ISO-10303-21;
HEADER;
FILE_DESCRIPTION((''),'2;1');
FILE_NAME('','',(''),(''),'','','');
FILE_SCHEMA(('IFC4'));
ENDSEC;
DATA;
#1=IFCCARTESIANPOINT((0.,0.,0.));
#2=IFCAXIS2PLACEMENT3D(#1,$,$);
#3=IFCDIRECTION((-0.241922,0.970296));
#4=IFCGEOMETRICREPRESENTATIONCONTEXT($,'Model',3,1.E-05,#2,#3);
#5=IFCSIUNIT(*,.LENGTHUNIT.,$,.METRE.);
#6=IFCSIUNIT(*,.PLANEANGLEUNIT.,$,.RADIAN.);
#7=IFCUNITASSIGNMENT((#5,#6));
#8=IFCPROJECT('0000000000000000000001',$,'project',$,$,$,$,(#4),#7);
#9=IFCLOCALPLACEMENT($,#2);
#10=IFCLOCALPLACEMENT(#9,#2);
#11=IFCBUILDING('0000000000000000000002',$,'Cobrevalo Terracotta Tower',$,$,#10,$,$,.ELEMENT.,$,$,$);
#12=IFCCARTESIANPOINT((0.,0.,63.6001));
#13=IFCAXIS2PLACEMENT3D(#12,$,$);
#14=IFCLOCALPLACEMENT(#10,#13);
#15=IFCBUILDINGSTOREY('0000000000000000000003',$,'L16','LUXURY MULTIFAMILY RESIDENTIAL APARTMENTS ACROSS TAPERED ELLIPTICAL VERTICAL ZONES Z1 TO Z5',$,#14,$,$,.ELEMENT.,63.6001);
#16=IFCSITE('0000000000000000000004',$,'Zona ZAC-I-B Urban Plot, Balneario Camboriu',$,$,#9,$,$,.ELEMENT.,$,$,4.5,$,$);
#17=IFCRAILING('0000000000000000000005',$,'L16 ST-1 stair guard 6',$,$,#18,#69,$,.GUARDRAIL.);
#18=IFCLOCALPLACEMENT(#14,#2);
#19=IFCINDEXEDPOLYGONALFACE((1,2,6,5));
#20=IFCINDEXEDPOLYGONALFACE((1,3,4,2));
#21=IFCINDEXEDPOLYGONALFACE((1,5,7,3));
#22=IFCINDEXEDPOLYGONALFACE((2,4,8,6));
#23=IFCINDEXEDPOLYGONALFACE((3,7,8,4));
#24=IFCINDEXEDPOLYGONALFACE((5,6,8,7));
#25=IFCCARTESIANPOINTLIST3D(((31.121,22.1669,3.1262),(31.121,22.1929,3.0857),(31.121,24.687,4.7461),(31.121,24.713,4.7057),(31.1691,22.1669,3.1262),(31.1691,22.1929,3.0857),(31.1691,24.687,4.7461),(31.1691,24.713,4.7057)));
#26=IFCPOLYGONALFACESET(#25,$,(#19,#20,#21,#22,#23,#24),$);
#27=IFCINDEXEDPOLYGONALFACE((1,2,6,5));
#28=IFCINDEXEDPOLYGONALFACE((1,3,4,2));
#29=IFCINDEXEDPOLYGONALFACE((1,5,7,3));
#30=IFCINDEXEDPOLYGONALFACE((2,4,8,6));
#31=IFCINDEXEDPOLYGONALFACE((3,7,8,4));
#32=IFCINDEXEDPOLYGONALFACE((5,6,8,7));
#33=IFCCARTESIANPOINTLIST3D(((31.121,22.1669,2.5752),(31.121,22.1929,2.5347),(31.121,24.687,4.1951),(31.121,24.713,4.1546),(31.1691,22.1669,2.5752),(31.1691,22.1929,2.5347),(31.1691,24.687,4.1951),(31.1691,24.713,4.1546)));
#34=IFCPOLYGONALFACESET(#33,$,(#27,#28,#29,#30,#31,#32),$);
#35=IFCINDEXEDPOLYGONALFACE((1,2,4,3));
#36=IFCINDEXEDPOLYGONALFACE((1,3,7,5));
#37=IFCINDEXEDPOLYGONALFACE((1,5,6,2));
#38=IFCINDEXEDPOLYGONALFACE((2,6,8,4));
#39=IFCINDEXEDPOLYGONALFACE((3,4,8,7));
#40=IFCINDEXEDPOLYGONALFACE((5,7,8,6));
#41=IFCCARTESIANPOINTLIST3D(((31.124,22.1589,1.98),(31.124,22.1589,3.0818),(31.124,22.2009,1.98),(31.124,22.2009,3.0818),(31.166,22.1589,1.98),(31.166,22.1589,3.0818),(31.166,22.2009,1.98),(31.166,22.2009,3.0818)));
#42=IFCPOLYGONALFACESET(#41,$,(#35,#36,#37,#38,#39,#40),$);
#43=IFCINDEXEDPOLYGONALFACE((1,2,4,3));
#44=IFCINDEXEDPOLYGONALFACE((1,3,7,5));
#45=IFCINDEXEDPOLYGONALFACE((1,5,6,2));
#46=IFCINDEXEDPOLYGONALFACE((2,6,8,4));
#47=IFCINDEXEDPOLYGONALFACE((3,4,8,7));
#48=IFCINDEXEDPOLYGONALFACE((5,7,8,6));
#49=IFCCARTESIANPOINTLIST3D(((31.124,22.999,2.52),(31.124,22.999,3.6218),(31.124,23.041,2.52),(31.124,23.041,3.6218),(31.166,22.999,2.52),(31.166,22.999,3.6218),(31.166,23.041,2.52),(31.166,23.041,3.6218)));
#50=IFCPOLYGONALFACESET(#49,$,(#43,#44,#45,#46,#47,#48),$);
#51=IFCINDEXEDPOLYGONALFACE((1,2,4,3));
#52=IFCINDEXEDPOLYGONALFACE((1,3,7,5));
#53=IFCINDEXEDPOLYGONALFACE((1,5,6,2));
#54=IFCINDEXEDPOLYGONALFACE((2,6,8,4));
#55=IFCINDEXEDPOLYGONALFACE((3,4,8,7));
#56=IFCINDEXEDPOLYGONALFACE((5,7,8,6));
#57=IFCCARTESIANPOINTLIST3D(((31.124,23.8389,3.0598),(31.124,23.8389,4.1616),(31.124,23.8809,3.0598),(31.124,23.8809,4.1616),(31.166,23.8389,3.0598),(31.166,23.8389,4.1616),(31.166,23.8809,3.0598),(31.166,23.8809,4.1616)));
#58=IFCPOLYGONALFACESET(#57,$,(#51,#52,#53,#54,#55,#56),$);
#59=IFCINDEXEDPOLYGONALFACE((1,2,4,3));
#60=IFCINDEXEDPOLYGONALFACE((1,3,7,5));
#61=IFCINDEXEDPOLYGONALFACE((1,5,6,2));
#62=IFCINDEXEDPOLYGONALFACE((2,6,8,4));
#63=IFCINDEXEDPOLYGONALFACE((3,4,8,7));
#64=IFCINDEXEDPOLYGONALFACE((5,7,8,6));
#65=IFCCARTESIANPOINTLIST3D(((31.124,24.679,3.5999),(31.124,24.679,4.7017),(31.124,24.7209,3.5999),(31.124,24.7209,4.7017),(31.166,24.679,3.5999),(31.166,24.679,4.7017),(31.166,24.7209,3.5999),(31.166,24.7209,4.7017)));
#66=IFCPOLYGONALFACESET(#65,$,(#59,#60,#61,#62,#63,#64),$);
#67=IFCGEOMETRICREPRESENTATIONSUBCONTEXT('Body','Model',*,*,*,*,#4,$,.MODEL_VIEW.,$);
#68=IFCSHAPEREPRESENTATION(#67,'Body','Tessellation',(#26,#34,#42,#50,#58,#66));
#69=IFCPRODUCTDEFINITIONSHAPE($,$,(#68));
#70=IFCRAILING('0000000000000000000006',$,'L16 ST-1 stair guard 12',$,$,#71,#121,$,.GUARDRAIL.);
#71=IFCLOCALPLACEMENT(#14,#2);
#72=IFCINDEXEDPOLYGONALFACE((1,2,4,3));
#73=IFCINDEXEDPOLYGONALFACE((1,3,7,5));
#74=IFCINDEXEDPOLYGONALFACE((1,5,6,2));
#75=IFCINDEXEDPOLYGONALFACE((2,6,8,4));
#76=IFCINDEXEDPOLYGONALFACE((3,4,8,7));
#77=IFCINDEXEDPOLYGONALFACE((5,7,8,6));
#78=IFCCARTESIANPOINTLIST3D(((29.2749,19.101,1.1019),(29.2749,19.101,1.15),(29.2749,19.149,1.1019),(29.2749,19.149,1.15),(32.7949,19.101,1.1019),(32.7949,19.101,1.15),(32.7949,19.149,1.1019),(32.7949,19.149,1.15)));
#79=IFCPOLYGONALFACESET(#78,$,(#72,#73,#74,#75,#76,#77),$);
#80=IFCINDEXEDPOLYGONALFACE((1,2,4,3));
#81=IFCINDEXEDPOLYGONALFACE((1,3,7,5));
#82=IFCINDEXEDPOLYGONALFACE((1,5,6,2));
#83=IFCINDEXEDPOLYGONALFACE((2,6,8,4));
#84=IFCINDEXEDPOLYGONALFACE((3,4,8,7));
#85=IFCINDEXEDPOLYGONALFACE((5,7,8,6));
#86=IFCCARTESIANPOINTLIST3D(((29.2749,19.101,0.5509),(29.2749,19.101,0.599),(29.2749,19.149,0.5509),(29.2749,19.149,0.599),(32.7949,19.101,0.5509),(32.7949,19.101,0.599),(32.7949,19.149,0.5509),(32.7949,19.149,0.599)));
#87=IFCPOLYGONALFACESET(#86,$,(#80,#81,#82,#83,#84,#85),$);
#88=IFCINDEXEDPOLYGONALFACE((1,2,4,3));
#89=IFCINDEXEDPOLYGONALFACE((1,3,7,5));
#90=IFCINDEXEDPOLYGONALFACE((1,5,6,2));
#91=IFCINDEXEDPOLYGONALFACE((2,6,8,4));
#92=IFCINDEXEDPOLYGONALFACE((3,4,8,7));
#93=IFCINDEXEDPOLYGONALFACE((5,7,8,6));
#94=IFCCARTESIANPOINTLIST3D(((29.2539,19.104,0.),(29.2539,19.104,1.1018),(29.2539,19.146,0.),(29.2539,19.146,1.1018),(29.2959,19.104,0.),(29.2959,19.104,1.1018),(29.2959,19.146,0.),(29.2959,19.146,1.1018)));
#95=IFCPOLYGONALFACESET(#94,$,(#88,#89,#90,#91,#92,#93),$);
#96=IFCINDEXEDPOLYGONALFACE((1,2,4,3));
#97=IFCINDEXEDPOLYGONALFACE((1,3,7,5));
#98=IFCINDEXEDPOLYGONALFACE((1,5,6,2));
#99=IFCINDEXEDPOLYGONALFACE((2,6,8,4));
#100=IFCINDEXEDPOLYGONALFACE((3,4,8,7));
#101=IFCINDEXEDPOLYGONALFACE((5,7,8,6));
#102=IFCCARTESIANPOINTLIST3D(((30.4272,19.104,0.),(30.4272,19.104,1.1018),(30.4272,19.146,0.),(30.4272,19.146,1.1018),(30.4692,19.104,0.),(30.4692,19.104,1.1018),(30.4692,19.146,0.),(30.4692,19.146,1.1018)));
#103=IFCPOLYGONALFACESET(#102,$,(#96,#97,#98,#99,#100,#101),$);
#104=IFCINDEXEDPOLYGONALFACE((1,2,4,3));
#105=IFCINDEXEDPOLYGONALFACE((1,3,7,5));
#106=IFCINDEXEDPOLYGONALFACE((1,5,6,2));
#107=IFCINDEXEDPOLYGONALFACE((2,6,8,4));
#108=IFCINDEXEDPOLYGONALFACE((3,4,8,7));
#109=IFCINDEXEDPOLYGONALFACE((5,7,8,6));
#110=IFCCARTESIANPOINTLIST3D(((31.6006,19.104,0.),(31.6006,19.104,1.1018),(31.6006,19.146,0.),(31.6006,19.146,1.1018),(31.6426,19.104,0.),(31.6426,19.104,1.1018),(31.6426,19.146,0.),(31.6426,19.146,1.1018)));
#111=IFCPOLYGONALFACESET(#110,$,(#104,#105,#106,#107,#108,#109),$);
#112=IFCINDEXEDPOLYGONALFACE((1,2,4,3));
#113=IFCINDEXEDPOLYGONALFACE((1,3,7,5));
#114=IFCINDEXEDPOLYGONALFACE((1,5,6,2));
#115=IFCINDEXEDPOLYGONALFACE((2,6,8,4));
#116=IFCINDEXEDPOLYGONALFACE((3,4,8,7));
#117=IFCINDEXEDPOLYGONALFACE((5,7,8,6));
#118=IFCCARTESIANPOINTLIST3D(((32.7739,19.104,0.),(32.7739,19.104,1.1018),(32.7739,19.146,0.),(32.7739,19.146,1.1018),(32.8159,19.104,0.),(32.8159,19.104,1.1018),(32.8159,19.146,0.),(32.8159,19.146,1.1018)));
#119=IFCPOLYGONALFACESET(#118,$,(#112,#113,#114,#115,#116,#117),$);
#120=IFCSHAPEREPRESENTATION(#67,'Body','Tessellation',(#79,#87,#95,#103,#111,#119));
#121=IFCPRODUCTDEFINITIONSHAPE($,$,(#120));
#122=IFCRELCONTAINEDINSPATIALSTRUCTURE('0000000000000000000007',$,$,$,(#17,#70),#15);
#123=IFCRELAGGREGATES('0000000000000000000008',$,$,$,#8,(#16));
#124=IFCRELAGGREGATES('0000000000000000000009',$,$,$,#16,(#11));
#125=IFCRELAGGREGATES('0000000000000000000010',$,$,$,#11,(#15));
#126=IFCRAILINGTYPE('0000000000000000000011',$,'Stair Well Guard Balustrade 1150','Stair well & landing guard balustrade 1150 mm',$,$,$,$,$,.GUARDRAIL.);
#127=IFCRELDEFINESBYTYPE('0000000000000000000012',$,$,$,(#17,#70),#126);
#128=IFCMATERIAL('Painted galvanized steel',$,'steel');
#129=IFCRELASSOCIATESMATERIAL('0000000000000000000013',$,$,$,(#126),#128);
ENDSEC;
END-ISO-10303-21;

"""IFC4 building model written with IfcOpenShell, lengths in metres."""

from ifc_helpers import new_model, si_unit, direction, frame, origin, origin_2d, place, context, subcontext, project, spatial, rectangle, extrude, material, type_object, element, save


model = new_model("IFC4")

# Units and contexts
model_context = context("Model", 3, precision=1e-05, world=origin(), true_north=direction((-0.241922, 0.970296)))
body_context = subcontext(model_context, "Body", "Model", "MODEL_VIEW")
ifc_project = project(units=[si_unit("LENGTHUNIT", "METRE"), si_unit("PLANEANGLEUNIT", "RADIAN")], contexts=[model_context])

# Site, building, storey
site_placement = place(None, origin())
site = spatial("IfcSite", under=ifc_project, at=site_placement, Name="Zona ZAC-I-B Urban Plot, Balneario Camboriu", CompositionType="ELEMENT", RefElevation=4.5)
building_placement = place(site_placement, origin())
building = spatial("IfcBuilding", under=site, at=building_placement, Name="Cobrevalo Terracotta Tower", CompositionType="ELEMENT")
storey_placement = place(building_placement, frame((0.0, 0.0, 63.6001)))
storey = spatial("IfcBuildingStorey", under=building, at=storey_placement, Name="L16", Description="LUXURY MULTIFAMILY RESIDENTIAL APARTMENTS ACROSS TAPERED ELLIPTICAL VERTICAL ZONES Z1 TO Z5", CompositionType="ELEMENT", Elevation=63.6001)

# Railings
ifc_material_1 = material(Name="Painted galvanized steel", Category="steel")
railing_type = type_object("IfcRailingType", Name="Stair Well Guard Balustrade 1150", Description="Stair well & landing guard balustrade 1150 mm", PredefinedType="GUARDRAIL", material=ifc_material_1)
railing_1_placement = place(storey_placement, frame((31.145, 22.1799, 1.98)))
element("IfcRailing", 1, at=railing_1_placement, inside=storey, type_object=railing_type, Name="L16 ST-1 stair guard 6", PredefinedType="GUARDRAIL", context=body_context, shape_type="SweptSolid", body=[
    extrude(rectangle(XDim=0.0481, YDim=0.0481, at=origin_2d()), frame((0.0, 0.0, 1.126), z_axis=(0.0, 0.8412, 0.540725), x_axis=(-1.0, 0.0, 0.0)), (0.0, 0.0, 1.0), 2.9958),
    extrude(rectangle(XDim=0.0481, YDim=0.0481, at=origin_2d()), frame((0.0, 0.0, 0.575), z_axis=(0.0, 0.8412, 0.540725), x_axis=(-1.0, 0.0, 0.0)), (0.0, 0.0, 1.0), 2.9958),
    extrude(rectangle(XDim=0.042, YDim=0.042, at=origin_2d()), origin(), (0.0, 0.0, 1.0), 1.1018),
    extrude(rectangle(XDim=0.042, YDim=0.042, at=origin_2d()), frame((0.0, 0.8401, 0.54)), (0.0, 0.0, 1.0), 1.1018),
    extrude(rectangle(XDim=0.042, YDim=0.042, at=origin_2d()), frame((0.0, 1.6799, 1.0798)), (0.0, 0.0, 1.0), 1.1018),
    extrude(rectangle(XDim=0.042, YDim=0.042, at=origin_2d()), frame((0.0, 2.52, 1.6199)), (0.0, 0.0, 1.0), 1.1018),
])
railing_2_placement = place(storey_placement, frame((29.2749, 19.125, 0.0)))
element("IfcRailing", 2, at=railing_2_placement, inside=storey, type_object=railing_type, Name="L16 ST-1 stair guard 12", PredefinedType="GUARDRAIL", context=body_context, shape_type="SweptSolid", body=[
    extrude(rectangle(XDim=0.0481, YDim=0.0481, at=origin_2d()), frame((0.0, 0.0, 1.126), z_axis=(1.0, 0.0, 0.0), x_axis=(0.0, 1.0, 0.0)), (0.0, 0.0, 1.0), 3.52),
    extrude(rectangle(XDim=0.0481, YDim=0.0481, at=origin_2d()), frame((0.0, 0.0, 0.575), z_axis=(1.0, 0.0, 0.0), x_axis=(0.0, 1.0, 0.0)), (0.0, 0.0, 1.0), 3.52),
    extrude(rectangle(XDim=0.042, YDim=0.042, at=origin_2d()), origin(), (0.0, 0.0, 1.0), 1.1018),
    extrude(rectangle(XDim=0.042, YDim=0.042, at=origin_2d()), frame((1.1733, 0.0, 0.0)), (0.0, 0.0, 1.0), 1.1018),
    extrude(rectangle(XDim=0.042, YDim=0.042, at=origin_2d()), frame((2.3467, 0.0, 0.0)), (0.0, 0.0, 1.0), 1.1018),
    extrude(rectangle(XDim=0.042, YDim=0.042, at=origin_2d()), frame((3.52, 0.0, 0.0)), (0.0, 0.0, 1.0), 1.1018),
])

save(model, "model.ifc")
